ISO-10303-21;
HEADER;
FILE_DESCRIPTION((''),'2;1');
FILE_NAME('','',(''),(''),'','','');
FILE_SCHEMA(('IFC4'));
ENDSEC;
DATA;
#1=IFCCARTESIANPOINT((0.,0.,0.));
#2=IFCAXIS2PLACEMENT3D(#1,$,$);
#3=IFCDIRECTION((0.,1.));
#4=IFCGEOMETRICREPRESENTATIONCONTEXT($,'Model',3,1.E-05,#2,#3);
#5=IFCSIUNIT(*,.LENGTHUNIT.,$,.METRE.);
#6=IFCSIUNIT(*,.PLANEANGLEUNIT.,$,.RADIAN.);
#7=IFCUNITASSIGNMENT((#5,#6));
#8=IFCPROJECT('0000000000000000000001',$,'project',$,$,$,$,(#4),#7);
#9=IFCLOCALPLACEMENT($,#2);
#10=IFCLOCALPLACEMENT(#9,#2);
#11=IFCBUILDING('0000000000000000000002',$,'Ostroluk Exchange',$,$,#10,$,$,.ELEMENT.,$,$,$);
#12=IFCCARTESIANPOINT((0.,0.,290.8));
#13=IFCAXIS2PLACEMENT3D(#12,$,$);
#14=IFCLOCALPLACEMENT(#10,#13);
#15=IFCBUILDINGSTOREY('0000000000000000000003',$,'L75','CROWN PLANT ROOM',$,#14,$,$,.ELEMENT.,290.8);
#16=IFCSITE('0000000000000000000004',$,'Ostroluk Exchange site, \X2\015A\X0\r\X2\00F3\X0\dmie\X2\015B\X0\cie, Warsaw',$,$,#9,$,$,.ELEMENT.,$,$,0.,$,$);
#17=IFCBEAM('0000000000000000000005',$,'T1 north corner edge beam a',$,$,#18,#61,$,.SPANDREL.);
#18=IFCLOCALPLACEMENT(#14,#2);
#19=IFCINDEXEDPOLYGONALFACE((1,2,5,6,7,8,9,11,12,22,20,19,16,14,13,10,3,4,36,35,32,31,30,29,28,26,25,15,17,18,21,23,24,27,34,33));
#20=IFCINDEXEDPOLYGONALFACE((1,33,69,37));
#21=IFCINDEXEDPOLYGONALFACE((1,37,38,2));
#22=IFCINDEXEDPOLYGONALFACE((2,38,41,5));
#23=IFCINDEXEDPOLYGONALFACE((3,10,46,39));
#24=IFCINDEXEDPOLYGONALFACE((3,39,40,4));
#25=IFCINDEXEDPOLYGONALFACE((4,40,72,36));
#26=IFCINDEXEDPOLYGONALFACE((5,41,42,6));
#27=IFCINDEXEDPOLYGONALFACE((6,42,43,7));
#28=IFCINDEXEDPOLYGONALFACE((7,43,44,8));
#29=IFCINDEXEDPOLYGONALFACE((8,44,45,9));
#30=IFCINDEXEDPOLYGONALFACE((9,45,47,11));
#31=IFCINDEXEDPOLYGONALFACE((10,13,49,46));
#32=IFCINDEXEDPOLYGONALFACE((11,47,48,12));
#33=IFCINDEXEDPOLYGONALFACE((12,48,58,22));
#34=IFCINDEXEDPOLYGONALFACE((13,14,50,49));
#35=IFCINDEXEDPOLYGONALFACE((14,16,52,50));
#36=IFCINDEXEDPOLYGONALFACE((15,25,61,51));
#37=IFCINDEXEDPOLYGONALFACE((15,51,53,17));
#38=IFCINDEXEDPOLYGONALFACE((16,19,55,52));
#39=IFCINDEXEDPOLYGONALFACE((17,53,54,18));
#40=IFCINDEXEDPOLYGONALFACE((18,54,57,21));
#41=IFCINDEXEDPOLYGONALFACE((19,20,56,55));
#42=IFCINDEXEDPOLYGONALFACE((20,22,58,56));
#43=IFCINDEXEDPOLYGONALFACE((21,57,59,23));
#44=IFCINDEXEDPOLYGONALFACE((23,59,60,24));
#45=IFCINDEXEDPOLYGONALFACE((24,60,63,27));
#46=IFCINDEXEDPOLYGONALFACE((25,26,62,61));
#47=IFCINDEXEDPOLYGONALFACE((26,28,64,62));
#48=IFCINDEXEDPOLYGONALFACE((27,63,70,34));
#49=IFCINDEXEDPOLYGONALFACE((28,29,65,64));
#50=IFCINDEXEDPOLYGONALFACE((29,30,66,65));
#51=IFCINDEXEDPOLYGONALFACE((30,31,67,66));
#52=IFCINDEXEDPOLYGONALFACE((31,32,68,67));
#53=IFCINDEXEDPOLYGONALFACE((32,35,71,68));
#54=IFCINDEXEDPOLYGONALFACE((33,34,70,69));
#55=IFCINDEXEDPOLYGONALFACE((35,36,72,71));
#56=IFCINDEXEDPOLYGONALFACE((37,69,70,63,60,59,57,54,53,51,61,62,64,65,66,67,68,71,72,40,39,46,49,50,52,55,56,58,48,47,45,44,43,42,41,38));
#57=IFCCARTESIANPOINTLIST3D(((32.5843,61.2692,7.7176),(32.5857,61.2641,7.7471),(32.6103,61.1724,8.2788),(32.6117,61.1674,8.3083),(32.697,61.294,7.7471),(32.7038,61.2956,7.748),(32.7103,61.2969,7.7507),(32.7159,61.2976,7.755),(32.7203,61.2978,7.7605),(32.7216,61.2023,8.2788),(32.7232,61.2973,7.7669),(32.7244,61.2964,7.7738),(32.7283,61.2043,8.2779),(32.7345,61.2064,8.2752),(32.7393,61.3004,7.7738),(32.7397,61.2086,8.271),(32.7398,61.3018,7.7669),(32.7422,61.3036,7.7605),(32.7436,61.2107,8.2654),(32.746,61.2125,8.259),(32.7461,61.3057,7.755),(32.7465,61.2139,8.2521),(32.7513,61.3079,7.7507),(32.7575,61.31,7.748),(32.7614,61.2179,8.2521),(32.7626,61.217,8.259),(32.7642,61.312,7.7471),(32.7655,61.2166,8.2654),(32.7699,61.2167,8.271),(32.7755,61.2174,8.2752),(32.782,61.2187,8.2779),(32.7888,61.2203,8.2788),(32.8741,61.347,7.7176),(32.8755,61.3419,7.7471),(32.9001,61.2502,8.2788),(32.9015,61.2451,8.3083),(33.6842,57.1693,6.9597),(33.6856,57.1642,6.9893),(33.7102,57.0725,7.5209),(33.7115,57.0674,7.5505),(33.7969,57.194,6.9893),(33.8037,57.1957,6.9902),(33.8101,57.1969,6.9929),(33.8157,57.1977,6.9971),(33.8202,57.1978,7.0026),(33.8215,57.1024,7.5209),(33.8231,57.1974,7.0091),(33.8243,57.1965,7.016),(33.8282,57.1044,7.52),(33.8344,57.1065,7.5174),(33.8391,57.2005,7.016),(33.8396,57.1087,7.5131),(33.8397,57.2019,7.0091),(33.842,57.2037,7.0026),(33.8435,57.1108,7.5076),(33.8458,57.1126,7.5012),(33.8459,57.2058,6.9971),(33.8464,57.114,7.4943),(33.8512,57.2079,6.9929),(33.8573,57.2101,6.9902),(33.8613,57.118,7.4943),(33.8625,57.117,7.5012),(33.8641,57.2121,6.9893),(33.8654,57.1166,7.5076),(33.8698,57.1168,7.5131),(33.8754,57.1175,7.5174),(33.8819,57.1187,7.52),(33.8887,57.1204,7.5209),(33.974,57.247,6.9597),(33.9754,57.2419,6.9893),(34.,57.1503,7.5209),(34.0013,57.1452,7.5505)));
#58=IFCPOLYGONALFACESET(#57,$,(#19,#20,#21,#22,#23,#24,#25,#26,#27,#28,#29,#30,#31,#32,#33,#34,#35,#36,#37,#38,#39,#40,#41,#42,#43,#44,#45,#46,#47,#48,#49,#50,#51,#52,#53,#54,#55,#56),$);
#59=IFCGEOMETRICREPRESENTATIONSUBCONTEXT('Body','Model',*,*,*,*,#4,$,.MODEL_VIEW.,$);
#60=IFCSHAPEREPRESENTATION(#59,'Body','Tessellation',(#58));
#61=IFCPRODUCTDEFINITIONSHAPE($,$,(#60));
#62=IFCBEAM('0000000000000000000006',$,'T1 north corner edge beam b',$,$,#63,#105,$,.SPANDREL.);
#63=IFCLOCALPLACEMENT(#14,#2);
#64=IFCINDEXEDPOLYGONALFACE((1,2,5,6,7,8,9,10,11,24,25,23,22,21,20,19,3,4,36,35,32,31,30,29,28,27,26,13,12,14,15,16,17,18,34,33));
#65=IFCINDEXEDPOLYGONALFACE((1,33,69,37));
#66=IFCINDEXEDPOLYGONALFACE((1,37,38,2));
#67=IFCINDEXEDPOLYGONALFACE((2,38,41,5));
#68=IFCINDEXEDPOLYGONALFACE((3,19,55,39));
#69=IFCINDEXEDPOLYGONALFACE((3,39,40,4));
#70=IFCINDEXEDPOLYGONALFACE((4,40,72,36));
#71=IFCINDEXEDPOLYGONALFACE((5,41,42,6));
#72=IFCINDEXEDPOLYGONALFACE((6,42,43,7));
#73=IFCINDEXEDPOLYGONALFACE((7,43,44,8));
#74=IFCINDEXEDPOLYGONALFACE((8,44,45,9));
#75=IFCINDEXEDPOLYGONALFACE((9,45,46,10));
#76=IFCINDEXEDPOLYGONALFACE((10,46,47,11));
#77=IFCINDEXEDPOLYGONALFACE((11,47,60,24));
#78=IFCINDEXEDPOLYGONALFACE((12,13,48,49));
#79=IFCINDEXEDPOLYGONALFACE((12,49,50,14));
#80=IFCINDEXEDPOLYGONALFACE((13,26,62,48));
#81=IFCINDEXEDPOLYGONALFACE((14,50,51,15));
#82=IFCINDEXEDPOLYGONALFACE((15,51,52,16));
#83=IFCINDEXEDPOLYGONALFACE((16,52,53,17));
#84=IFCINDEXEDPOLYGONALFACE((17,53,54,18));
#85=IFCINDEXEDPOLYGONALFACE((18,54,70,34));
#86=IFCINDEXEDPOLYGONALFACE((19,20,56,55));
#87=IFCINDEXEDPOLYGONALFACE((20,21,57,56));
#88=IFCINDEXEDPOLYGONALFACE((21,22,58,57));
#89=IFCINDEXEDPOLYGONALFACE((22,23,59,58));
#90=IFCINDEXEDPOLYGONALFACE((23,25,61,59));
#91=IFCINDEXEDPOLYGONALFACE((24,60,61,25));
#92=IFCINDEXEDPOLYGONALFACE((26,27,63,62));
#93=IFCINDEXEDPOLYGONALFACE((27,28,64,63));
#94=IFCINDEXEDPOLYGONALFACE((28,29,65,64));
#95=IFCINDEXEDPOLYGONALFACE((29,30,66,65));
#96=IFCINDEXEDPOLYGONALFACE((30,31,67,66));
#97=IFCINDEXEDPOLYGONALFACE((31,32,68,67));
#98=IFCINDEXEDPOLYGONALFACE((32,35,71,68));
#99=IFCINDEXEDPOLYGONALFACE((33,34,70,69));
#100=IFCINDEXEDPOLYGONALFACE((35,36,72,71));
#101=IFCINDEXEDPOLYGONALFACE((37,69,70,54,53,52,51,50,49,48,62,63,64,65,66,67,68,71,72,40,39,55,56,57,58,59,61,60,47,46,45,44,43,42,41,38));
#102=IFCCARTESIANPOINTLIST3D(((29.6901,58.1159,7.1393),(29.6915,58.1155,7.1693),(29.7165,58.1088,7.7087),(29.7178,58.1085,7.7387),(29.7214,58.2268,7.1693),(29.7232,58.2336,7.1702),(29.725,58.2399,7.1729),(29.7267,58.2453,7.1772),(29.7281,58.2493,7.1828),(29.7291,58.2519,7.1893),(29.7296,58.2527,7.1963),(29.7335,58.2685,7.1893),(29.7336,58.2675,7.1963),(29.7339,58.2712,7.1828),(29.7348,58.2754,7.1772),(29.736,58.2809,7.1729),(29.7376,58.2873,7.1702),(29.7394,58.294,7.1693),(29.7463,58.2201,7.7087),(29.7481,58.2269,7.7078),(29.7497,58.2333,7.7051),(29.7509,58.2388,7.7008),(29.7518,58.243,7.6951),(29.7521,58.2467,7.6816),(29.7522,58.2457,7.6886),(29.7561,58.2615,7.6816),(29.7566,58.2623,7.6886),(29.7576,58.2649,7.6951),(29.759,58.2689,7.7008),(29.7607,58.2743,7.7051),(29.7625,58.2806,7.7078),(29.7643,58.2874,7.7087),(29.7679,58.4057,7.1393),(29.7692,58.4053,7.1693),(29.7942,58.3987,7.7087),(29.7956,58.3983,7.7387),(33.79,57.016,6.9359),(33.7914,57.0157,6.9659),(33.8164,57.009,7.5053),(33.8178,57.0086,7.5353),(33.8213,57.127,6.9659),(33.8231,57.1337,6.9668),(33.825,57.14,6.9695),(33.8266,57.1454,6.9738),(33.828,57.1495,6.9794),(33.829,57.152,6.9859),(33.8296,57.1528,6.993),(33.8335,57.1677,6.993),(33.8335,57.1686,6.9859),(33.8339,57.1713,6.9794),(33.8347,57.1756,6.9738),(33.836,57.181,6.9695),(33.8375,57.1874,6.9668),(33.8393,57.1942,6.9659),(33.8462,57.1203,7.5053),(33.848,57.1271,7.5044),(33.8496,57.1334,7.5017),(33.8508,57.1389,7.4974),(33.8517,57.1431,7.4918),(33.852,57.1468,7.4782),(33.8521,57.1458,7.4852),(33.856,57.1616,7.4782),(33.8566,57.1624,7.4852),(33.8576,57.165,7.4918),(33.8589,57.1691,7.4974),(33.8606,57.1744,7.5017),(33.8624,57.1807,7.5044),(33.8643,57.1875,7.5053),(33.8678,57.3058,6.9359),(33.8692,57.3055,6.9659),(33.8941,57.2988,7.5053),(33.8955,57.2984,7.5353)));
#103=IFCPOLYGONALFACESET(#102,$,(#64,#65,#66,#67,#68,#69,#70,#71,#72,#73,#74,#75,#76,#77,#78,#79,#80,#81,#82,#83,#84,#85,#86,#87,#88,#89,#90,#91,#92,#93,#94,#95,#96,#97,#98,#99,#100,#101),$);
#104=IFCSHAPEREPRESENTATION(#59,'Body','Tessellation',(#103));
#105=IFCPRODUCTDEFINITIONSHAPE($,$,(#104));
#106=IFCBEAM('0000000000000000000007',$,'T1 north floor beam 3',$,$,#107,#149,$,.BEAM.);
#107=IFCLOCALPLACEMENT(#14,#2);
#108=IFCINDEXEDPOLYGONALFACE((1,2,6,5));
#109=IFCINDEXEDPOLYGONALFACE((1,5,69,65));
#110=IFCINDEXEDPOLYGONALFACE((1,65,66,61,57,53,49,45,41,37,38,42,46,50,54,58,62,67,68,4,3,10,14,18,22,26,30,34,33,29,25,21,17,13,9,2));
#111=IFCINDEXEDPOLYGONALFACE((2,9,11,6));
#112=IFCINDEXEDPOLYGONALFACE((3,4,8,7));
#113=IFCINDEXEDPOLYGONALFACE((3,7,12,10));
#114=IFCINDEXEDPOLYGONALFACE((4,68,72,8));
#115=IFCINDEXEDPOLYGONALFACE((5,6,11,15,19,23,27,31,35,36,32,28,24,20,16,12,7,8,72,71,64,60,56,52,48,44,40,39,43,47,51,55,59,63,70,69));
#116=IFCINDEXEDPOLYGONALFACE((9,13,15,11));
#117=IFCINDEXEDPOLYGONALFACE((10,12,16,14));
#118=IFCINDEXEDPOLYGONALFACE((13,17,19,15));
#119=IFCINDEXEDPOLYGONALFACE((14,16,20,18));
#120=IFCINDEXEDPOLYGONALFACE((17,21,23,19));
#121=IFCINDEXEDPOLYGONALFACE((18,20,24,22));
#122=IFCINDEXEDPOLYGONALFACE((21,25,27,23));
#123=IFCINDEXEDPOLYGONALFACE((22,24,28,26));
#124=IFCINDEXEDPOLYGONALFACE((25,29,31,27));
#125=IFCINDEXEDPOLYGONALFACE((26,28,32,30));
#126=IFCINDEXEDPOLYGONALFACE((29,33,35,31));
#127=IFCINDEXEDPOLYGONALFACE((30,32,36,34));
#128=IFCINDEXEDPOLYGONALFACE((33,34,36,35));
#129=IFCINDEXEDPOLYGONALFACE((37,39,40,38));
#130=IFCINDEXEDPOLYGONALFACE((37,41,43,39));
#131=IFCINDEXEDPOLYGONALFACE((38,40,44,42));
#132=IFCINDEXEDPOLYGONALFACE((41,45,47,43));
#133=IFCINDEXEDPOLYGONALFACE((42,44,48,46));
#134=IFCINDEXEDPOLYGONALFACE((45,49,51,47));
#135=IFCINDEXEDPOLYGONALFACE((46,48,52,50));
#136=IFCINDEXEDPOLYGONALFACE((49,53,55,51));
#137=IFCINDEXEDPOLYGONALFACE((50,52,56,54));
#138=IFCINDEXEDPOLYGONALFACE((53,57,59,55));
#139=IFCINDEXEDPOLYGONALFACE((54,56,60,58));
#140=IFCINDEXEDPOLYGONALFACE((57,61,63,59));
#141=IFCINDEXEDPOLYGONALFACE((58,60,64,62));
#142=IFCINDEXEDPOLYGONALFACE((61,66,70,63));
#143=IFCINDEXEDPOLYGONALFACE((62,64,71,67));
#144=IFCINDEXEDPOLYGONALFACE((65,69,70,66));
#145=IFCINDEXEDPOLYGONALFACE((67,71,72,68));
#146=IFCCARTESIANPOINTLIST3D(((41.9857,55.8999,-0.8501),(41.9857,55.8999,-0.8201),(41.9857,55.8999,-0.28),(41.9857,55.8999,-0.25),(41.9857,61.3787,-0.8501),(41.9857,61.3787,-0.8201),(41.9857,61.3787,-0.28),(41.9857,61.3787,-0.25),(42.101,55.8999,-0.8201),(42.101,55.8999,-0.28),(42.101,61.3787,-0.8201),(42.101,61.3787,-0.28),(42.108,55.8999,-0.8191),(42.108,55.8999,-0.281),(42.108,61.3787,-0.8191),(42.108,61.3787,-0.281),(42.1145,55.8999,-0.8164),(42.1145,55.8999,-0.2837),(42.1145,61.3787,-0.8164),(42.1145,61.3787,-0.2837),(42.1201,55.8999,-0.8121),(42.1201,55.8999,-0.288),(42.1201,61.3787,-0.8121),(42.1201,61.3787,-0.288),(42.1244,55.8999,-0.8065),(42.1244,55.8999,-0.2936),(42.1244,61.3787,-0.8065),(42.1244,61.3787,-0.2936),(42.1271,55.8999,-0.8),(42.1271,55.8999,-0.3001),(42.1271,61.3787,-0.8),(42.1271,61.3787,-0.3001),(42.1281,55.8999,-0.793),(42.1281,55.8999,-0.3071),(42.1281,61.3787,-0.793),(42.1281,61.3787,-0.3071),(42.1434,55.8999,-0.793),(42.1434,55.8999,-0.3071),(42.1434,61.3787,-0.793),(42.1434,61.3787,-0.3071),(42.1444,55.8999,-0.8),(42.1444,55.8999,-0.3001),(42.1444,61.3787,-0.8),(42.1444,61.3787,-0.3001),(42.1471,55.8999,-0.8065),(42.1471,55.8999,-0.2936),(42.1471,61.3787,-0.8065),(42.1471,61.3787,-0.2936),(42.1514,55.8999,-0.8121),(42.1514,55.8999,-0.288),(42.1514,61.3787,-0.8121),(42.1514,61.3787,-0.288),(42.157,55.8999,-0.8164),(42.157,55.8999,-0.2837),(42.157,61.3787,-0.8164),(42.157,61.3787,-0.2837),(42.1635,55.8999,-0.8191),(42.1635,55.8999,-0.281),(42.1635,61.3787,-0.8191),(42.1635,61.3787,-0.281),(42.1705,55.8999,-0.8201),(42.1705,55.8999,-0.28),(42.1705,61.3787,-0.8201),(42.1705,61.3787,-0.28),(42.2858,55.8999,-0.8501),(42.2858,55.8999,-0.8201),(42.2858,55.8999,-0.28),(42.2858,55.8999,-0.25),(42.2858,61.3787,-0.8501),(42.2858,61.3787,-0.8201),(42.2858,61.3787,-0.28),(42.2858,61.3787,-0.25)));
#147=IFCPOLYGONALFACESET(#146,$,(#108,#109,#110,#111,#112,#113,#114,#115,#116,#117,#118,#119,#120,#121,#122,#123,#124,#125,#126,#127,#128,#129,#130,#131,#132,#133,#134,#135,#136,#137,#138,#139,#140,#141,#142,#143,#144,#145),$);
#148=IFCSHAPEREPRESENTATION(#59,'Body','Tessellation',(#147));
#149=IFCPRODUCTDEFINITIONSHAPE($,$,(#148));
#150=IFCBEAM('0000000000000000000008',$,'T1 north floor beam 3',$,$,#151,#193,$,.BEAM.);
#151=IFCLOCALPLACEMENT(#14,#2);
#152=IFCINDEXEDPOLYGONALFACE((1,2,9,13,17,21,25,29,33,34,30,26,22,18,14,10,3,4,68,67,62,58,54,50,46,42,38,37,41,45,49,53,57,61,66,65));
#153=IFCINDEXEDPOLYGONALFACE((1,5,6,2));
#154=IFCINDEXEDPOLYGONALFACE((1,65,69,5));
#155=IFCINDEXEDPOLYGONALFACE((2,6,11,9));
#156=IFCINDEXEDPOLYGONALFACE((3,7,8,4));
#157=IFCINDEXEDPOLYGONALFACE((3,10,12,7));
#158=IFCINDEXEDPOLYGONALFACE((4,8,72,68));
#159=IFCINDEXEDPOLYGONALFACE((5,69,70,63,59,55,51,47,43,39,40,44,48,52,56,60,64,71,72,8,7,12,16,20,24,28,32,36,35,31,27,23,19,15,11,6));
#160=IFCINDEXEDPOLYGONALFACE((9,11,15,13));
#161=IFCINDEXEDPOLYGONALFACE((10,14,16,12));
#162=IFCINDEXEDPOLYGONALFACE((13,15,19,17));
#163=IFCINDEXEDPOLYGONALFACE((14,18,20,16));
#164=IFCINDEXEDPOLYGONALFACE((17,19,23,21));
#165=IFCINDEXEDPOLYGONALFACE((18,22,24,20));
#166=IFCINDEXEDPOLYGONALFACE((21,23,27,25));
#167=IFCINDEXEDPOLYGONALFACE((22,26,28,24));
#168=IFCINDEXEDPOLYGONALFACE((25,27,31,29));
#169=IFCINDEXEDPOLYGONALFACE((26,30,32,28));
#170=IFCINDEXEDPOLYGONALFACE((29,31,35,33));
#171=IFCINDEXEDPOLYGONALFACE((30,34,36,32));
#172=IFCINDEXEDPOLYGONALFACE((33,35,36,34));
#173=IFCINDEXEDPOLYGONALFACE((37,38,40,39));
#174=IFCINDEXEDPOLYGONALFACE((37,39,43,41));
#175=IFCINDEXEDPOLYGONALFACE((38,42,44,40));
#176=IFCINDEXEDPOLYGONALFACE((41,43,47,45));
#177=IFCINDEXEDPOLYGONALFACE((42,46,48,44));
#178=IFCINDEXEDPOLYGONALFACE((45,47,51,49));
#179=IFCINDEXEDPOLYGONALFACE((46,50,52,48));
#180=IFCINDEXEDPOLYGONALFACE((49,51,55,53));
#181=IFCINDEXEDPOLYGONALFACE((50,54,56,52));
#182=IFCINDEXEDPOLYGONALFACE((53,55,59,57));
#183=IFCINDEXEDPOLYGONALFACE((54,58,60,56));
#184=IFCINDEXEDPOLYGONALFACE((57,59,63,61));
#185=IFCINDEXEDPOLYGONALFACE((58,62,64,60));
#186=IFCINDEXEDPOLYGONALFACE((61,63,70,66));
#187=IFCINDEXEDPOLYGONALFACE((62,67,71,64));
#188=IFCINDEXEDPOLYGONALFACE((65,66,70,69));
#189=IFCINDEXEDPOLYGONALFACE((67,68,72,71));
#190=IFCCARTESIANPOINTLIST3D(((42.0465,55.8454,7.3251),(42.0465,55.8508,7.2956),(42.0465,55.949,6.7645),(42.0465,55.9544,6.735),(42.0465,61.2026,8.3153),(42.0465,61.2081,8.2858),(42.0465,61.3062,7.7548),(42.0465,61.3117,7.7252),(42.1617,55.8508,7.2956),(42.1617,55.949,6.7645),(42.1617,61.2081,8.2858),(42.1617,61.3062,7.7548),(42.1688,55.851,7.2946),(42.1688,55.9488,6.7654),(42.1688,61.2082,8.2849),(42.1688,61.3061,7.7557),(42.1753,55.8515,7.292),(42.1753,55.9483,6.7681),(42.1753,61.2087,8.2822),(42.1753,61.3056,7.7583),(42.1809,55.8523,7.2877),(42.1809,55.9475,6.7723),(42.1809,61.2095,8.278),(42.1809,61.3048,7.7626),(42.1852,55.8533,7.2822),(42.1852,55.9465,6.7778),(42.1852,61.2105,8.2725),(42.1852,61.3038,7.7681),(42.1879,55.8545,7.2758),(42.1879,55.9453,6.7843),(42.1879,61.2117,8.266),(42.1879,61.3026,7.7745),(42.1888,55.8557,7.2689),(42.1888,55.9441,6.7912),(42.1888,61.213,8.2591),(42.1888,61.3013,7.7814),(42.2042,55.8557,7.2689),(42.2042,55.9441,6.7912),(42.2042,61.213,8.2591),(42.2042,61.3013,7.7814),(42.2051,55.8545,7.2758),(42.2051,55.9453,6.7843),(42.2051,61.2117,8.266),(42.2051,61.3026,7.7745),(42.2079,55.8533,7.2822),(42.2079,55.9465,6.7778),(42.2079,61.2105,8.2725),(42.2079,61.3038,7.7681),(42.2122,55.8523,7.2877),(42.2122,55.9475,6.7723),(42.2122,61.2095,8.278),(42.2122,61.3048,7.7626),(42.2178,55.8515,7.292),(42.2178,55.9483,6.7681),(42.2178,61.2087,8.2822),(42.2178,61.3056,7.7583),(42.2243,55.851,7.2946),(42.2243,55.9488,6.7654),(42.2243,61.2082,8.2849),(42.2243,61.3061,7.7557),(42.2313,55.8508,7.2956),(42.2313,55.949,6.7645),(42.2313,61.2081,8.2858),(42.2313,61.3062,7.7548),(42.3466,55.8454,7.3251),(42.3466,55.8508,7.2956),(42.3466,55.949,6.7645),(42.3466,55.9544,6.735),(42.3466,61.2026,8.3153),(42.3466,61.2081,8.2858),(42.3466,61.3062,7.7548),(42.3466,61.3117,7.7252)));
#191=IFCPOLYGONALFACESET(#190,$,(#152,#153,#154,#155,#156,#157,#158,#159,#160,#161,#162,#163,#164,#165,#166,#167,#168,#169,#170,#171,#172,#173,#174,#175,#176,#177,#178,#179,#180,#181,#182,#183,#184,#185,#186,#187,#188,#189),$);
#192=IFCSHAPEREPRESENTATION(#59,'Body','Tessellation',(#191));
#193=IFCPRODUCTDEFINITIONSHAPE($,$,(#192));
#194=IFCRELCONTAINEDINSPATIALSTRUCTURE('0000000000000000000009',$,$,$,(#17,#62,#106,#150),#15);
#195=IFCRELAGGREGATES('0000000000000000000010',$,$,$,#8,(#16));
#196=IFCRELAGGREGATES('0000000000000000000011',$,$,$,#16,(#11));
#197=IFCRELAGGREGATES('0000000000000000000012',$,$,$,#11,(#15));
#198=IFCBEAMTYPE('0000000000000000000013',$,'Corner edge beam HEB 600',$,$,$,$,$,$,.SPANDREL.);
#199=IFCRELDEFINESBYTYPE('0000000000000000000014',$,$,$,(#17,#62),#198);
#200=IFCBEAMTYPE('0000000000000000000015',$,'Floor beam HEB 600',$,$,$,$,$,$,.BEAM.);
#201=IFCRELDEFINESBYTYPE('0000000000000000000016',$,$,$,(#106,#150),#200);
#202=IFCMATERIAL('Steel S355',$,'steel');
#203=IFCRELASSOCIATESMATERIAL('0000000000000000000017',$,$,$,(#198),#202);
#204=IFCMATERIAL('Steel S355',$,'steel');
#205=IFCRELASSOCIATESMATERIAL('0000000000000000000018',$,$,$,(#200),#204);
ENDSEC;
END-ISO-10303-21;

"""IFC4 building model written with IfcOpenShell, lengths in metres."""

from ifc_helpers import new_model, si_unit, direction, frame, origin, origin_2d, place, context, subcontext, project, spatial, i_section, extrude, material, material_profile, profile_set, type_object, element, save


model = new_model("IFC4")

# Units and contexts
model_context = context("Model", 3, precision=1e-05, world=origin(), true_north=direction((0.0, 1.0)))
body_context = subcontext(model_context, "Body", "Model", "MODEL_VIEW")
ifc_project = project(units=[si_unit("LENGTHUNIT", "METRE"), si_unit("PLANEANGLEUNIT", "RADIAN")], contexts=[model_context])

# Site, building, storey
site_placement = place(None, origin())
site = spatial("IfcSite", under=ifc_project, at=site_placement, Name="Ostroluk Exchange site, Śródmieście, Warsaw", CompositionType="ELEMENT", RefElevation=0.0)
building_placement = place(site_placement, origin())
building = spatial("IfcBuilding", under=site, at=building_placement, Name="Ostroluk Exchange", CompositionType="ELEMENT")
storey_placement = place(building_placement, frame((0.0, 0.0, 290.8)))
storey = spatial("IfcBuildingStorey", under=building, at=storey_placement, Name="L75", Description="CROWN PLANT ROOM", CompositionType="ELEMENT", Elevation=290.8)

# Beams
ifc_material_1 = material(Name="Steel S355", Category="steel")
ifc_material_profile_1 = material_profile(ifc_material_1, i_section(OverallWidth=0.3, OverallDepth=0.6001, WebThickness=0.0154, FlangeThickness=0.03, FilletRadius=0.0271, at=origin_2d()), Name="HEB 600")
ifc_profile_set_1 = profile_set([ifc_material_profile_1], Name="Steel S355")
beam_type_1 = type_object("IfcBeamType", Name="Corner edge beam HEB 600", PredefinedType="SPANDREL", material=ifc_profile_set_1)
beam_1_placement = place(storey_placement, frame((33.8428, 57.1572, 7.2551), z_axis=(-0.255072, 0.950816, 0.175748), x_axis=(-0.965849, -0.259105, 0.0)))
element("IfcBeam", 1, at=beam_1_placement, inside=storey, type_object=beam_type_1, Name="T1 north corner edge beam a", PredefinedType="SPANDREL", context=body_context, shape_type="SweptSolid", body=[
    extrude(i_section(OverallWidth=0.3, OverallDepth=0.6001, WebThickness=0.0154, FlangeThickness=0.03, FilletRadius=0.0271, at=origin_2d()), origin(), (0.0, 0.0, 1.0), 4.312),
])
beam_2_placement = place(storey_placement, frame((33.8428, 57.1572, 7.2356), z_axis=(-0.964743, 0.258808, 0.047855), x_axis=(-0.259105, -0.965849, 0.0)))
element("IfcBeam", 2, at=beam_2_placement, inside=storey, type_object=beam_type_1, Name="T1 north corner edge beam b", PredefinedType="SPANDREL", context=body_context, shape_type="SweptSolid", body=[
    extrude(i_section(OverallWidth=0.3, OverallDepth=0.6001, WebThickness=0.0154, FlangeThickness=0.03, FilletRadius=0.0271, at=origin_2d()), origin(), (0.0, 0.0, 1.0), 4.2498),
])
ifc_material_2 = material(Name="Steel S355", Category="steel")
ifc_material_profile_2 = material_profile(ifc_material_2, i_section(OverallWidth=0.3, OverallDepth=0.6001, WebThickness=0.0154, FlangeThickness=0.03, FilletRadius=0.0271, at=origin_2d()), Name="HEB 600")
ifc_profile_set_2 = profile_set([ifc_material_profile_2], Name="Steel S355")
beam_type_2 = type_object("IfcBeamType", Name="Floor beam HEB 600", PredefinedType="BEAM", material=ifc_profile_set_2)
beam_3_placement = place(storey_placement, frame((42.1357, 55.8999, -0.55), z_axis=(0.0, 1.0, 0.0), x_axis=(-1.0, 0.0, 0.0)))
element("IfcBeam", 3, at=beam_3_placement, inside=storey, type_object=beam_type_2, Name="T1 north floor beam 3", PredefinedType="BEAM", context=body_context, shape_type="SweptSolid", body=[
    extrude(i_section(OverallWidth=0.3, OverallDepth=0.6001, WebThickness=0.0154, FlangeThickness=0.03, FilletRadius=0.0271, at=origin_2d()), origin(), (0.0, 0.0, 1.0), 5.4788),
])
for number, where, z_axis, x_axis, name in (
    (4, (42.1965, 55.8999, 7.03), (0.0, 0.983342, 0.181763), (-1.0, 0.0, 0.0), "T1 north floor beam 3"),
):
    element("IfcBeam", number, at=place(storey_placement, frame(where, z_axis=z_axis, x_axis=x_axis)), inside=storey, type_object=beam_type_2, Name=name, PredefinedType="BEAM", context=body_context, shape_type="SweptSolid", body=[
        extrude(i_section(OverallWidth=0.3, OverallDepth=0.6001, WebThickness=0.0154, FlangeThickness=0.03, FilletRadius=0.0271, at=origin_2d()), origin(), (0.0, 0.0, 1.0), 5.448),
    ])

save(model, "model.ifc")
